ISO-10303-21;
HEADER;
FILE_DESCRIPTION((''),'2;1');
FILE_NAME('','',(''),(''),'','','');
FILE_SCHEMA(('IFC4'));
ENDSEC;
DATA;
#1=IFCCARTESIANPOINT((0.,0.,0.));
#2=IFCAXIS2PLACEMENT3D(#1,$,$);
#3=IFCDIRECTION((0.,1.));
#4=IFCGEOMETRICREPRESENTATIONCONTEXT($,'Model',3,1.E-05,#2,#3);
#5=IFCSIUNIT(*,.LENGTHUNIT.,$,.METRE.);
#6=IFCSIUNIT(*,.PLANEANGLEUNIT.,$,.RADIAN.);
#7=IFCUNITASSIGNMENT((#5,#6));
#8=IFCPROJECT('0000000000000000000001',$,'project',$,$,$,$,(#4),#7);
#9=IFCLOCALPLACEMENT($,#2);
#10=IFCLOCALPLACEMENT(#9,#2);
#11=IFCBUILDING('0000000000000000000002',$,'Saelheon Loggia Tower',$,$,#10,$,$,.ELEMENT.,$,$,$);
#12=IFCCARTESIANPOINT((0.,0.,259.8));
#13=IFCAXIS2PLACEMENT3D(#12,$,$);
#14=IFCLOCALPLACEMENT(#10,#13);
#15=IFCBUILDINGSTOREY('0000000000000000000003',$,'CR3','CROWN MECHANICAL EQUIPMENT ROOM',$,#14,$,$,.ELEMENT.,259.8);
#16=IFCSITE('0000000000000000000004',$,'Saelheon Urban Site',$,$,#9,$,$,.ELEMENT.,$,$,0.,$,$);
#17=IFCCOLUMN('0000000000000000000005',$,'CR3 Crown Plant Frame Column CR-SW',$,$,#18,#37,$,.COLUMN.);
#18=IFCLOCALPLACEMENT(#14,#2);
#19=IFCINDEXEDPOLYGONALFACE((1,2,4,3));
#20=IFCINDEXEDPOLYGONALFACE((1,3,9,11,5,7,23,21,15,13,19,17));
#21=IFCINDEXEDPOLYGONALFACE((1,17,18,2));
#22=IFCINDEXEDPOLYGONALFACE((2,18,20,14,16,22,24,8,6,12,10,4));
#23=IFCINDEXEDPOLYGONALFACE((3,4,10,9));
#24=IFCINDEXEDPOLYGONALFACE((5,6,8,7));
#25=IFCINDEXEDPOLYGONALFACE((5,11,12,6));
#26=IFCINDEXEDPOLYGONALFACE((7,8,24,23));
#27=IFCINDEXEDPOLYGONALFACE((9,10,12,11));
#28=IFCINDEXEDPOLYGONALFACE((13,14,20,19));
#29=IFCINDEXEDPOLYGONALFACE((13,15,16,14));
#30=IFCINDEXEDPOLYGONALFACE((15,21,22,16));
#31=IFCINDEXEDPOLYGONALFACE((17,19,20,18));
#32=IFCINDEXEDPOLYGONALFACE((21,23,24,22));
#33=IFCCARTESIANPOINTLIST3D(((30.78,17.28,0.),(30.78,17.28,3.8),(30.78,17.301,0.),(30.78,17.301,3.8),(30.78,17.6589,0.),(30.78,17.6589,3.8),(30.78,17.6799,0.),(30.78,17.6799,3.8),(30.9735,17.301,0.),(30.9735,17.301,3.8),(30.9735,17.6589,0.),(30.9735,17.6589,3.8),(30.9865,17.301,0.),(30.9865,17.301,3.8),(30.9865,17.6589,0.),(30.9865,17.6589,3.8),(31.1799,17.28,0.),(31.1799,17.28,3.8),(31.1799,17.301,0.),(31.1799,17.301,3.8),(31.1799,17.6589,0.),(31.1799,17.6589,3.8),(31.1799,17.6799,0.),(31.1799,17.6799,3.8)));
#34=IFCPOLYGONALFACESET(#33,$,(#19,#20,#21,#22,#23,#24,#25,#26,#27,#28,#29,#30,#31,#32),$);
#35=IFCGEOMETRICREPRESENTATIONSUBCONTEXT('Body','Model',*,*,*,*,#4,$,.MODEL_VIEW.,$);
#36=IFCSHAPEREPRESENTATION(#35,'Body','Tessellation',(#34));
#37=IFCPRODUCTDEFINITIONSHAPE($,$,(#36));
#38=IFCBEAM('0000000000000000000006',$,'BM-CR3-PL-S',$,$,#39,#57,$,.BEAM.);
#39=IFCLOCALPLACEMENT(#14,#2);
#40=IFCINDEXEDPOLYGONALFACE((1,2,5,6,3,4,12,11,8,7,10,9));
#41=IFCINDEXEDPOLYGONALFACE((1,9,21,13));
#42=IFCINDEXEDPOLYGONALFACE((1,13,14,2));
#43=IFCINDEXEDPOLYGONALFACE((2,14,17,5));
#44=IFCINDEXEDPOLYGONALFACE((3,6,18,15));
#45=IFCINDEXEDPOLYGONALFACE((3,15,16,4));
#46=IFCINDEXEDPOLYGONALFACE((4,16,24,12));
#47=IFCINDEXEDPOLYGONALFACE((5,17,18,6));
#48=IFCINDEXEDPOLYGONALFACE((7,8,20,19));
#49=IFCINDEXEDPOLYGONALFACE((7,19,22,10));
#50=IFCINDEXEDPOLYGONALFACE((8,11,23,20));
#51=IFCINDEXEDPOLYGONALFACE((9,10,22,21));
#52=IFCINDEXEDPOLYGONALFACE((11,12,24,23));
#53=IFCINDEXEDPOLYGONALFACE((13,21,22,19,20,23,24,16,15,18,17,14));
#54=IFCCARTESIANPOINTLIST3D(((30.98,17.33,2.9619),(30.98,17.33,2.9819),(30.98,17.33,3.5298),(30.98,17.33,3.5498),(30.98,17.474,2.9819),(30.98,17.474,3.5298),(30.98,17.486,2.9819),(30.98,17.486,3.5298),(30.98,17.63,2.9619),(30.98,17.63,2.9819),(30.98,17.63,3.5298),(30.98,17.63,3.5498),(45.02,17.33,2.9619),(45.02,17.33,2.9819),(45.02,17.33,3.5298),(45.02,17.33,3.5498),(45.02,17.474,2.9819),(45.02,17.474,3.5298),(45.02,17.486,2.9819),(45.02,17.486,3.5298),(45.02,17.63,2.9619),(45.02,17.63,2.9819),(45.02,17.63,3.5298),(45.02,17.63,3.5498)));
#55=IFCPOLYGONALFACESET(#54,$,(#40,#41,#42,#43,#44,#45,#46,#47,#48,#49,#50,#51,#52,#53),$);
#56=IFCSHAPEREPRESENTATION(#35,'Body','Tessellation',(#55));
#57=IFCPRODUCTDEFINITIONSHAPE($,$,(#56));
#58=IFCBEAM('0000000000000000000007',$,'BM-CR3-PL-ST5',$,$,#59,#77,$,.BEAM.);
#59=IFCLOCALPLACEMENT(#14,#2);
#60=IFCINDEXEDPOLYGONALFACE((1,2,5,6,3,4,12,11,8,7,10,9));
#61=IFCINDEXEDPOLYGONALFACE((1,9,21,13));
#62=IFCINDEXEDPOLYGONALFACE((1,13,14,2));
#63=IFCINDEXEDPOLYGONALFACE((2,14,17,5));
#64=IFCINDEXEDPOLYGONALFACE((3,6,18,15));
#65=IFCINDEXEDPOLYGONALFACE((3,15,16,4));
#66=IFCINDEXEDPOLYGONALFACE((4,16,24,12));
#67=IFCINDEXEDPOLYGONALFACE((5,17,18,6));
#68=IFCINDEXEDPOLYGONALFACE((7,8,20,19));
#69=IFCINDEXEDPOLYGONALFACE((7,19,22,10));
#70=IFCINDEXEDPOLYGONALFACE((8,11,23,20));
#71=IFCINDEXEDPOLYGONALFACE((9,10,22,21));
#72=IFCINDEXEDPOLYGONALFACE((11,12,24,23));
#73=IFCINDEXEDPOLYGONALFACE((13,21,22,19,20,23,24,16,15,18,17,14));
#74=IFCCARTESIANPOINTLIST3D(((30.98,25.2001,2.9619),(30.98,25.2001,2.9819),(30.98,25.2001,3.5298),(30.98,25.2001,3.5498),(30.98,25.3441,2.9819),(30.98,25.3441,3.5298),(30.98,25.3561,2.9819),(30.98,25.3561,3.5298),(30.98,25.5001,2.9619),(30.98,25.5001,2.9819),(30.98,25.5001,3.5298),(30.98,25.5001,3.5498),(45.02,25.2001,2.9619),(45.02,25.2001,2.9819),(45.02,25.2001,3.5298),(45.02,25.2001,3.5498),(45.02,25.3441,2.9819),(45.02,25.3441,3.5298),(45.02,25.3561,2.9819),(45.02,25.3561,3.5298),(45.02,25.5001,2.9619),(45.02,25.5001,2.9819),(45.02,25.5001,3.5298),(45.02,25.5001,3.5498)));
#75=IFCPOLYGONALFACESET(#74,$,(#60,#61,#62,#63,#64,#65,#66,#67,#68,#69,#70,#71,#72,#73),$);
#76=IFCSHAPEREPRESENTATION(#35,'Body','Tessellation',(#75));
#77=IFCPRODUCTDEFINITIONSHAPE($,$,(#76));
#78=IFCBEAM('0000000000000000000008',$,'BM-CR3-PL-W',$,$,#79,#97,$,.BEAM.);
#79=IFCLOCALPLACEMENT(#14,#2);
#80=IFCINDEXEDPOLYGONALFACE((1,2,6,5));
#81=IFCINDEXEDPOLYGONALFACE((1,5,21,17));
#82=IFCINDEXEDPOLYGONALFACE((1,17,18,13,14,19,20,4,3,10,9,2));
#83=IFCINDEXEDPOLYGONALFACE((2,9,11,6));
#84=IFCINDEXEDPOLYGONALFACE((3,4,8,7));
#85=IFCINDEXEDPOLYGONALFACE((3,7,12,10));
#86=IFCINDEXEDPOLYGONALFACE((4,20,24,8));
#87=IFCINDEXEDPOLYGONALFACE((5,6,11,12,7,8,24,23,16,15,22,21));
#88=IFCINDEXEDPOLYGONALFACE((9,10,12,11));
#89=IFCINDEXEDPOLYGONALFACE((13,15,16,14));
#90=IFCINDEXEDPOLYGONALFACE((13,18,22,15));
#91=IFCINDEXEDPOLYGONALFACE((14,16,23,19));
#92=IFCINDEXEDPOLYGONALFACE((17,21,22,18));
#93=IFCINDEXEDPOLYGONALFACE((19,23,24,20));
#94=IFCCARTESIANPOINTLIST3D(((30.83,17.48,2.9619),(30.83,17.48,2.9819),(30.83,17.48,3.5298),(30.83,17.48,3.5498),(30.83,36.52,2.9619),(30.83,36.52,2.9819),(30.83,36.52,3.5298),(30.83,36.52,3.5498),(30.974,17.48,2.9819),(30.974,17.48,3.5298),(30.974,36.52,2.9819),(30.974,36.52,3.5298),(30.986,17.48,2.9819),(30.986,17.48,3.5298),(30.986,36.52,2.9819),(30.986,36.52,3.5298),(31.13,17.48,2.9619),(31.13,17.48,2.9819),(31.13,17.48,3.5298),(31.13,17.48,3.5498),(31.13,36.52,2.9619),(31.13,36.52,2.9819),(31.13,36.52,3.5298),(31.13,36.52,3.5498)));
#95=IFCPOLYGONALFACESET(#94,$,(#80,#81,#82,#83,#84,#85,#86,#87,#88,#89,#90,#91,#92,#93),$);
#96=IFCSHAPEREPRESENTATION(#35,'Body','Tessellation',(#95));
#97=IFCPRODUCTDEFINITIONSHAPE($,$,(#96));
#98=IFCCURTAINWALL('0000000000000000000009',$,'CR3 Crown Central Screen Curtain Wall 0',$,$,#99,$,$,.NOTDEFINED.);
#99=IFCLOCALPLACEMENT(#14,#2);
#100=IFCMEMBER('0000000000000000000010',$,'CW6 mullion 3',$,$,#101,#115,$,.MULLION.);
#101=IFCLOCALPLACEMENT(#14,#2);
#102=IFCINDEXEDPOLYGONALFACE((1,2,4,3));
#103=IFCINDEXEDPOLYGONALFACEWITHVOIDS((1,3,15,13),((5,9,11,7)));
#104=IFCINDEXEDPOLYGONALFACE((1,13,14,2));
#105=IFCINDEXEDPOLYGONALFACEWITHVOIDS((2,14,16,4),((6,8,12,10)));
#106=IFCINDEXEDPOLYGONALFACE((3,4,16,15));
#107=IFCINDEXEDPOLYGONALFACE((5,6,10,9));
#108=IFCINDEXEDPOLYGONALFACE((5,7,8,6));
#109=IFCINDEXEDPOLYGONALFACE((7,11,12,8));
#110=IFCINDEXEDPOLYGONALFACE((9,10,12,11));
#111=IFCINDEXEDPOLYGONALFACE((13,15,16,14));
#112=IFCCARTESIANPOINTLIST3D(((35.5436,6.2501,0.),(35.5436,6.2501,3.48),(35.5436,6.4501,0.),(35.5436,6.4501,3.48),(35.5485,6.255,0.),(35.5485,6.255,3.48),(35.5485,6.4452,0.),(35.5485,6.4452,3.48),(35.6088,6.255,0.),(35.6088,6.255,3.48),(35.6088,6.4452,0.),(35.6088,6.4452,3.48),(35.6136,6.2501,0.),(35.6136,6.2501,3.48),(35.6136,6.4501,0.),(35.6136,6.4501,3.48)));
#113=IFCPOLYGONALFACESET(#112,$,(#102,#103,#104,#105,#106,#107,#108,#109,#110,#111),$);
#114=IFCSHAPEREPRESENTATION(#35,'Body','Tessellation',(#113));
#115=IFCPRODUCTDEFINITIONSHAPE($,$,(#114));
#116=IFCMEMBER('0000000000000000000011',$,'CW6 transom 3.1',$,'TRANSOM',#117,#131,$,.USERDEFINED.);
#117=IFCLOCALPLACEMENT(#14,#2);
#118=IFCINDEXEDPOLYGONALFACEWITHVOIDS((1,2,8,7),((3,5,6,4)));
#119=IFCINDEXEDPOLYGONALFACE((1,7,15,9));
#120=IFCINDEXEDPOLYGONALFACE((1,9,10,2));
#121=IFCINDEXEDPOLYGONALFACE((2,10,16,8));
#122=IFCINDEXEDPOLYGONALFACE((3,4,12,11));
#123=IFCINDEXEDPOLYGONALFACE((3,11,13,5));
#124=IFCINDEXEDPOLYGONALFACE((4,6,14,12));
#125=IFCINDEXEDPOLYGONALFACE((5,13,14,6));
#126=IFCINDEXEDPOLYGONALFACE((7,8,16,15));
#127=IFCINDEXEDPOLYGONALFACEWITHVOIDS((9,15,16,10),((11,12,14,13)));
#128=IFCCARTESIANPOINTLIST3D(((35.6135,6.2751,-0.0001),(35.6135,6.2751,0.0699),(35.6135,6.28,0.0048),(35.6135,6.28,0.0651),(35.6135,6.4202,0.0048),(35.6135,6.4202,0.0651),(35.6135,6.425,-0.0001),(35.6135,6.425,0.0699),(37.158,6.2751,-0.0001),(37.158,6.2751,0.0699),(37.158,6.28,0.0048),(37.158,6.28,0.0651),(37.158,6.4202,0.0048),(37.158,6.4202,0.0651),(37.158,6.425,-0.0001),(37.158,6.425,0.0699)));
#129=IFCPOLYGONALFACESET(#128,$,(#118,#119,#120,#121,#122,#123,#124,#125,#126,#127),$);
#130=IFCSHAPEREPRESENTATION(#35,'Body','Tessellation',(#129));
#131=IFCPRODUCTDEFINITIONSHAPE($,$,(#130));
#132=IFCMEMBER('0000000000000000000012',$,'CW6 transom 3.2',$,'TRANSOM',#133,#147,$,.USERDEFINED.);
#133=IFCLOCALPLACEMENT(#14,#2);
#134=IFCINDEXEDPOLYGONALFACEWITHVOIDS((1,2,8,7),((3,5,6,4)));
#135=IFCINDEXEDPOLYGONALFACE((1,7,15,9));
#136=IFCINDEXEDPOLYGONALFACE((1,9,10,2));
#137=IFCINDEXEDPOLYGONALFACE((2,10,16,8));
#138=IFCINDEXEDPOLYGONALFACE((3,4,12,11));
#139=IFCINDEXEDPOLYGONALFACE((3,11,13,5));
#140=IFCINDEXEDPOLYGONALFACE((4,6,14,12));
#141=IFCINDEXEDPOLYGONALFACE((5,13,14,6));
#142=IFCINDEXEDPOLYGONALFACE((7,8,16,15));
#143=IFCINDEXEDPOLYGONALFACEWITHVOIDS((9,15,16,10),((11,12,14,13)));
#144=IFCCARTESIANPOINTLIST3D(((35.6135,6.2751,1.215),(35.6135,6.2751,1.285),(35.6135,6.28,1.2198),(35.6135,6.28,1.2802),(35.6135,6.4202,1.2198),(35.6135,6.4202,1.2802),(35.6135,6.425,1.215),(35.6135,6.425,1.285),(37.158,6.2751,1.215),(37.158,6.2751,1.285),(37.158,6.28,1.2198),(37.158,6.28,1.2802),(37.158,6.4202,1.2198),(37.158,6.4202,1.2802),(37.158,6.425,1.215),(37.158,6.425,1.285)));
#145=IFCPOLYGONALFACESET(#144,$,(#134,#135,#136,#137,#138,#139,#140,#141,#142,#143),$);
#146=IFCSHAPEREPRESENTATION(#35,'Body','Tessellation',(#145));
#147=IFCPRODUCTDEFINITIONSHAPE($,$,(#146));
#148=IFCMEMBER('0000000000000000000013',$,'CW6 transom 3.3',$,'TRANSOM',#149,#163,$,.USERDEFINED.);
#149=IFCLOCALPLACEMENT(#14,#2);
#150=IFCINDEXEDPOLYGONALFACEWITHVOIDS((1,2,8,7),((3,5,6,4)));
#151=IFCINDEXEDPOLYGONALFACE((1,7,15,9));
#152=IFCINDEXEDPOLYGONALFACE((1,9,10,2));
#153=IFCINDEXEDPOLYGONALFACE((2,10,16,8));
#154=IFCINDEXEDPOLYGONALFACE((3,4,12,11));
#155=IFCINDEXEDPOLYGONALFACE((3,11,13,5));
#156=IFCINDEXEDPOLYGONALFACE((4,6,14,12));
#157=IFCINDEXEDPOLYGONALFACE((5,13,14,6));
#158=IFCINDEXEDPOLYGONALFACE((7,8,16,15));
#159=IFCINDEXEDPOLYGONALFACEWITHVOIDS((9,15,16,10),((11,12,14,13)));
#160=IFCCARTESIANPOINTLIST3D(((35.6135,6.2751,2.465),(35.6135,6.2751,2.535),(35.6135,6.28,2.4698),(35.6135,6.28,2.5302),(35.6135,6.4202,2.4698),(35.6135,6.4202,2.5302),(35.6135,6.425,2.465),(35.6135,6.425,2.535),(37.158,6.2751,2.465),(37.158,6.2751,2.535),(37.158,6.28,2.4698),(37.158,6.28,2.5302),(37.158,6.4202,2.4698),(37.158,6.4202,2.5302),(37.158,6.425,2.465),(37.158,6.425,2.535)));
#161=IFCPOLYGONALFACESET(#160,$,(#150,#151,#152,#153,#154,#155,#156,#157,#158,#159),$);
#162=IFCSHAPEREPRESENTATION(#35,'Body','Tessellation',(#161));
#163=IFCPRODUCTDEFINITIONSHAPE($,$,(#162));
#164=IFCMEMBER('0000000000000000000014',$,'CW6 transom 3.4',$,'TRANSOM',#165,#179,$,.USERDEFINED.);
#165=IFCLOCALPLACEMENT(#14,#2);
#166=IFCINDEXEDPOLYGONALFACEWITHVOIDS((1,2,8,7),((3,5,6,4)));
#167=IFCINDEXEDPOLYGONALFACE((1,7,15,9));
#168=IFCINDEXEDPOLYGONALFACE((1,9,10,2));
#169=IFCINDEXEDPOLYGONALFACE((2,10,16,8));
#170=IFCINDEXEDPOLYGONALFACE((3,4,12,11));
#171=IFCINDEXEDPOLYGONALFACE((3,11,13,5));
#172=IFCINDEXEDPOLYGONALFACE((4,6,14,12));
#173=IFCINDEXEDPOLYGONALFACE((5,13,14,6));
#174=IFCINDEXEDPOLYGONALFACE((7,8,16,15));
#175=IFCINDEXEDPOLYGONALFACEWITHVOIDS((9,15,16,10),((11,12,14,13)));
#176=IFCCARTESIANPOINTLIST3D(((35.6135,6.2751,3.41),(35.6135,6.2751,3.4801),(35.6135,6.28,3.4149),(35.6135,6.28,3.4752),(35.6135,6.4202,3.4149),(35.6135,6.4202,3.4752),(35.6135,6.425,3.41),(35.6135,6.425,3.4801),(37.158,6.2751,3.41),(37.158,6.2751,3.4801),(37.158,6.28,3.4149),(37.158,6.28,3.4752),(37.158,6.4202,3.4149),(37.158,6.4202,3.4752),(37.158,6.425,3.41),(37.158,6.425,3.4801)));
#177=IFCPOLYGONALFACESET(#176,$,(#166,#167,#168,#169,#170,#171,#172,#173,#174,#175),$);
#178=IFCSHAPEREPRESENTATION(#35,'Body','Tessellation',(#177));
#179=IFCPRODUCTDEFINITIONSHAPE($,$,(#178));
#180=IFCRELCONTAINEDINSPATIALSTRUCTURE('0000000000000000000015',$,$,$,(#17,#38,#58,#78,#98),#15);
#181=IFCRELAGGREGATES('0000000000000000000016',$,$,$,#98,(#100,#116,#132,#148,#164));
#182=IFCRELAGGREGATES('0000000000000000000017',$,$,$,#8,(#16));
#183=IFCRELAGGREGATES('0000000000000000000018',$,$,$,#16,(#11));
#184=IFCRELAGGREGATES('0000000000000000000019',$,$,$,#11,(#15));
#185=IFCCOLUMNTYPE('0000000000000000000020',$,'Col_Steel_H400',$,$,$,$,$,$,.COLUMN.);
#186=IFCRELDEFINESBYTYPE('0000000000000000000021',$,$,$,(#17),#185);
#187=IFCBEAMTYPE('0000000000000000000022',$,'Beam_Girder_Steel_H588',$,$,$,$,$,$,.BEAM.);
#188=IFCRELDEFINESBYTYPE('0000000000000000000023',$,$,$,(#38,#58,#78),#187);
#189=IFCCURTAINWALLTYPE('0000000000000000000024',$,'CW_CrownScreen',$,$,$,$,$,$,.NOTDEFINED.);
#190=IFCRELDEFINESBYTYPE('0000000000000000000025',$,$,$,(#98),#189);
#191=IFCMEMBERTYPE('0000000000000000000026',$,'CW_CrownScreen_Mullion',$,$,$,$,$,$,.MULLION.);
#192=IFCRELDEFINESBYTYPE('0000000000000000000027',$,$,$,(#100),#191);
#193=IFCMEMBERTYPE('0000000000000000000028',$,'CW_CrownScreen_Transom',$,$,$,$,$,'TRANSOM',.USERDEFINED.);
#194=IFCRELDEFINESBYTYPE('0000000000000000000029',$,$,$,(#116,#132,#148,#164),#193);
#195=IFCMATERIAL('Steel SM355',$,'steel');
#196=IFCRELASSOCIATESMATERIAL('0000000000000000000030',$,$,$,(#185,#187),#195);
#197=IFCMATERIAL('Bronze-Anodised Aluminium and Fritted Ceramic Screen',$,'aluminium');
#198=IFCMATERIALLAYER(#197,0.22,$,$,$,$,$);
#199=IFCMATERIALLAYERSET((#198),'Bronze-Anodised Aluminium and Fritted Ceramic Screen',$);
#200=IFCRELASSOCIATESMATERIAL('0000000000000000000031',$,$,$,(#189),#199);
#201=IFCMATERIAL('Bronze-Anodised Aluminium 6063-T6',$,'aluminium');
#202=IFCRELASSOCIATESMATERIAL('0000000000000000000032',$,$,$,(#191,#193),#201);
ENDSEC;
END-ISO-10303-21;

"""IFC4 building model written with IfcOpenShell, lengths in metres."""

from ifc_helpers import new_model, si_unit, direction, frame, origin, origin_2d, place, context, subcontext, project, spatial, hollow_rectangle, i_section, extrude, source, transform, mapped, material, layer, layer_set, material_profile, profile_set, type_object, element, aggregate, save


model = new_model("IFC4")

# Units and contexts
model_context = context("Model", 3, precision=1e-05, world=origin(), true_north=direction((0.0, 1.0)))
body_context = subcontext(model_context, "Body", "Model", "MODEL_VIEW")
ifc_project = project(units=[si_unit("LENGTHUNIT", "METRE"), si_unit("PLANEANGLEUNIT", "RADIAN")], contexts=[model_context])

# Site, building, storey
site_placement = place(None, origin())
site = spatial("IfcSite", under=ifc_project, at=site_placement, Name="Saelheon Urban Site", CompositionType="ELEMENT", RefElevation=0.0)
building_placement = place(site_placement, origin())
building = spatial("IfcBuilding", under=site, at=building_placement, Name="Saelheon Loggia Tower", CompositionType="ELEMENT")
storey_placement = place(building_placement, frame((0.0, 0.0, 259.8)))
storey = spatial("IfcBuildingStorey", under=building, at=storey_placement, Name="CR3", Description="CROWN MECHANICAL EQUIPMENT ROOM", CompositionType="ELEMENT", Elevation=259.8)

# Column
ifc_material_1 = material(Name="Steel SM355", Category="steel")
ifc_material_profile_1 = material_profile(ifc_material_1, i_section(OverallWidth=0.3999, OverallDepth=0.3999, WebThickness=0.0129, FlangeThickness=0.021, at=origin_2d()), Name="H-400x400x13x21")
ifc_profile_set_1 = profile_set([ifc_material_profile_1], Name="Steel SM355")
column_type = type_object("IfcColumnType", Name="Col_Steel_H400", PredefinedType="COLUMN", material=ifc_profile_set_1)
shared_shape_1 = source(origin(), body_context, "Body", "SweptSolid", [
    extrude(i_section(OverallWidth=0.3999, OverallDepth=0.3999, WebThickness=0.0129, FlangeThickness=0.021, at=origin_2d()), origin(), (0.0, 0.0, 1.0), 3.8),
])
column_placement = place(storey_placement, frame((30.98, 17.48, 0.0), z_axis=(0.0, 0.0, 1.0), x_axis=(1.0, 0.0, 0.0)))
element("IfcColumn", 1, at=column_placement, inside=storey, type_object=column_type, Name="CR3 Crown Plant Frame Column CR-SW", PredefinedType="COLUMN", context=body_context, shape_type="MappedRepresentation", body=[
    mapped(shared_shape_1, transform((0.0, 0.0, 0.0), scale=1.0)),
])

# Beams
ifc_material_profile_2 = material_profile(ifc_material_1, i_section(OverallWidth=0.3, OverallDepth=0.5879, WebThickness=0.012, FlangeThickness=0.02, at=origin_2d()), Name="H-588x300x12x20")
ifc_profile_set_2 = profile_set([ifc_material_profile_2], Name="Steel SM355")
beam_type = type_object("IfcBeamType", Name="Beam_Girder_Steel_H588", PredefinedType="BEAM", material=ifc_profile_set_2)
shared_shape_2 = source(origin(), body_context, "Body", "SweptSolid", [
    extrude(i_section(OverallWidth=0.3, OverallDepth=0.5879, WebThickness=0.012, FlangeThickness=0.02, at=origin_2d()), origin(), (0.0, 0.0, 1.0), 14.04),
])
for number, where, z_axis, x_axis, name in (
    (2, (30.98, 17.48, 3.2559), (1.0, 0.0, 0.0), (0.0, 1.0, 0.0), "BM-CR3-PL-S"),
    (3, (30.98, 25.3501, 3.2559), (1.0, 0.0, 0.0), (0.0, 1.0, 0.0), "BM-CR3-PL-ST5"),
):
    element("IfcBeam", number, at=place(storey_placement, frame(where, z_axis=z_axis, x_axis=x_axis)), inside=storey, type_object=beam_type, Name=name, PredefinedType="BEAM", context=body_context, shape_type="MappedRepresentation", body=[
        mapped(shared_shape_2, transform((0.0, 0.0, 0.0), scale=1.0)),
    ])
shared_shape_3 = source(origin(), body_context, "Body", "SweptSolid", [
    extrude(i_section(OverallWidth=0.3, OverallDepth=0.5879, WebThickness=0.012, FlangeThickness=0.02, at=origin_2d()), origin(), (0.0, 0.0, 1.0), 19.04),
])
beam_placement = place(storey_placement, frame((30.98, 17.48, 3.2559), z_axis=(0.0, 1.0, 0.0), x_axis=(-1.0, 0.0, 0.0)))
element("IfcBeam", 4, at=beam_placement, inside=storey, type_object=beam_type, Name="BM-CR3-PL-W", PredefinedType="BEAM", context=body_context, shape_type="MappedRepresentation", body=[
    mapped(shared_shape_3, transform((0.0, 0.0, 0.0), scale=1.0)),
])

# Curtain wall, members
ifc_material_2 = material(Name="Bronze-Anodised Aluminium and Fritted Ceramic Screen", Category="aluminium")
ifc_layer_1 = layer(ifc_material_2, 0.22)
ifc_layer_set_1 = layer_set([ifc_layer_1], Name="Bronze-Anodised Aluminium and Fritted Ceramic Screen")
curtain_wall_type = type_object("IfcCurtainWallType", Name="CW_CrownScreen", PredefinedType="NOTDEFINED", material=ifc_layer_set_1)
curtain_wall_placement = place(storey_placement, origin())
curtain_wall = element("IfcCurtainWall", 5, at=curtain_wall_placement, inside=storey, type_object=curtain_wall_type, Name="CR3 Crown Central Screen Curtain Wall 0", PredefinedType="NOTDEFINED")
ifc_material_3 = material(Name="Bronze-Anodised Aluminium 6063-T6", Category="aluminium")
ifc_material_profile_3 = material_profile(ifc_material_3, hollow_rectangle(XDim=0.0701, YDim=0.2, WallThickness=0.0049, at=origin_2d()), Name="RHS-200x70x5")
ifc_profile_set_3 = profile_set([ifc_material_profile_3], Name="Bronze-Anodised Aluminium 6063-T6")
member_type_1 = type_object("IfcMemberType", Name="CW_CrownScreen_Mullion", PredefinedType="MULLION", material=ifc_profile_set_3)
shared_shape_4 = source(origin(), body_context, "Body", "SweptSolid", [
    extrude(hollow_rectangle(XDim=0.0701, YDim=0.2, WallThickness=0.0049, at=origin_2d()), origin(), (0.0, 0.0, 1.0), 3.48),
])
member_1_placement = place(storey_placement, frame((35.5786, 6.3501, 0.0), z_axis=(0.0, 0.0, 1.0), x_axis=(1.0, 0.0, 0.0)))
member_1 = element("IfcMember", 6, at=member_1_placement, type_object=member_type_1, Name="CW6 mullion 3", PredefinedType="MULLION", context=body_context, shape_type="MappedRepresentation", body=[
    mapped(shared_shape_4, transform((0.0, 0.0, 0.0), scale=1.0)),
])
ifc_material_profile_4 = material_profile(ifc_material_3, hollow_rectangle(XDim=0.0701, YDim=0.1499, WallThickness=0.0049, at=origin_2d()), Name="RHS-150x70x5")
ifc_profile_set_4 = profile_set([ifc_material_profile_4], Name="Bronze-Anodised Aluminium 6063-T6")
member_type_2 = type_object("IfcMemberType", Name="CW_CrownScreen_Transom", ElementType="TRANSOM", PredefinedType="USERDEFINED", material=ifc_profile_set_4)
shared_shape_5 = source(origin(), body_context, "Body", "SweptSolid", [
    extrude(hollow_rectangle(XDim=0.0701, YDim=0.1499, WallThickness=0.0049, at=origin_2d()), origin(), (0.0, 0.0, 1.0), 1.5444),
])
member_2_placement = place(storey_placement, frame((35.6135, 6.3501, 0.0349), z_axis=(1.0, 0.0, 0.0), x_axis=(0.0, 0.0, 1.0)))
member_2 = element("IfcMember", 7, at=member_2_placement, type_object=member_type_2, Name="CW6 transom 3.1", ObjectType="TRANSOM", PredefinedType="USERDEFINED", context=body_context, shape_type="MappedRepresentation", body=[
    mapped(shared_shape_5, transform((0.0, 0.0, 0.0), scale=1.0)),
])
member_3_placement = place(storey_placement, frame((35.6135, 6.3501, 1.25), z_axis=(1.0, 0.0, 0.0), x_axis=(0.0, 0.0, 1.0)))
member_3 = element("IfcMember", 8, at=member_3_placement, type_object=member_type_2, Name="CW6 transom 3.2", ObjectType="TRANSOM", PredefinedType="USERDEFINED", context=body_context, shape_type="MappedRepresentation", body=[
    mapped(shared_shape_5, transform((0.0, 0.0, 0.0), scale=1.0)),
])
member_4_placement = place(storey_placement, frame((35.6135, 6.3501, 2.5), z_axis=(1.0, 0.0, 0.0), x_axis=(0.0, 0.0, 1.0)))
member_4 = element("IfcMember", 9, at=member_4_placement, type_object=member_type_2, Name="CW6 transom 3.3", ObjectType="TRANSOM", PredefinedType="USERDEFINED", context=body_context, shape_type="MappedRepresentation", body=[
    mapped(shared_shape_5, transform((0.0, 0.0, 0.0), scale=1.0)),
])
member_5_placement = place(storey_placement, frame((35.6135, 6.3501, 3.4451), z_axis=(1.0, 0.0, 0.0), x_axis=(0.0, 0.0, 1.0)))
member_5 = element("IfcMember", 10, at=member_5_placement, type_object=member_type_2, Name="CW6 transom 3.4", ObjectType="TRANSOM", PredefinedType="USERDEFINED", context=body_context, shape_type="MappedRepresentation", body=[
    mapped(shared_shape_5, transform((0.0, 0.0, 0.0), scale=1.0)),
])
aggregate(curtain_wall, [member_1, member_2, member_3, member_4, member_5])

save(model, "model.ifc")
